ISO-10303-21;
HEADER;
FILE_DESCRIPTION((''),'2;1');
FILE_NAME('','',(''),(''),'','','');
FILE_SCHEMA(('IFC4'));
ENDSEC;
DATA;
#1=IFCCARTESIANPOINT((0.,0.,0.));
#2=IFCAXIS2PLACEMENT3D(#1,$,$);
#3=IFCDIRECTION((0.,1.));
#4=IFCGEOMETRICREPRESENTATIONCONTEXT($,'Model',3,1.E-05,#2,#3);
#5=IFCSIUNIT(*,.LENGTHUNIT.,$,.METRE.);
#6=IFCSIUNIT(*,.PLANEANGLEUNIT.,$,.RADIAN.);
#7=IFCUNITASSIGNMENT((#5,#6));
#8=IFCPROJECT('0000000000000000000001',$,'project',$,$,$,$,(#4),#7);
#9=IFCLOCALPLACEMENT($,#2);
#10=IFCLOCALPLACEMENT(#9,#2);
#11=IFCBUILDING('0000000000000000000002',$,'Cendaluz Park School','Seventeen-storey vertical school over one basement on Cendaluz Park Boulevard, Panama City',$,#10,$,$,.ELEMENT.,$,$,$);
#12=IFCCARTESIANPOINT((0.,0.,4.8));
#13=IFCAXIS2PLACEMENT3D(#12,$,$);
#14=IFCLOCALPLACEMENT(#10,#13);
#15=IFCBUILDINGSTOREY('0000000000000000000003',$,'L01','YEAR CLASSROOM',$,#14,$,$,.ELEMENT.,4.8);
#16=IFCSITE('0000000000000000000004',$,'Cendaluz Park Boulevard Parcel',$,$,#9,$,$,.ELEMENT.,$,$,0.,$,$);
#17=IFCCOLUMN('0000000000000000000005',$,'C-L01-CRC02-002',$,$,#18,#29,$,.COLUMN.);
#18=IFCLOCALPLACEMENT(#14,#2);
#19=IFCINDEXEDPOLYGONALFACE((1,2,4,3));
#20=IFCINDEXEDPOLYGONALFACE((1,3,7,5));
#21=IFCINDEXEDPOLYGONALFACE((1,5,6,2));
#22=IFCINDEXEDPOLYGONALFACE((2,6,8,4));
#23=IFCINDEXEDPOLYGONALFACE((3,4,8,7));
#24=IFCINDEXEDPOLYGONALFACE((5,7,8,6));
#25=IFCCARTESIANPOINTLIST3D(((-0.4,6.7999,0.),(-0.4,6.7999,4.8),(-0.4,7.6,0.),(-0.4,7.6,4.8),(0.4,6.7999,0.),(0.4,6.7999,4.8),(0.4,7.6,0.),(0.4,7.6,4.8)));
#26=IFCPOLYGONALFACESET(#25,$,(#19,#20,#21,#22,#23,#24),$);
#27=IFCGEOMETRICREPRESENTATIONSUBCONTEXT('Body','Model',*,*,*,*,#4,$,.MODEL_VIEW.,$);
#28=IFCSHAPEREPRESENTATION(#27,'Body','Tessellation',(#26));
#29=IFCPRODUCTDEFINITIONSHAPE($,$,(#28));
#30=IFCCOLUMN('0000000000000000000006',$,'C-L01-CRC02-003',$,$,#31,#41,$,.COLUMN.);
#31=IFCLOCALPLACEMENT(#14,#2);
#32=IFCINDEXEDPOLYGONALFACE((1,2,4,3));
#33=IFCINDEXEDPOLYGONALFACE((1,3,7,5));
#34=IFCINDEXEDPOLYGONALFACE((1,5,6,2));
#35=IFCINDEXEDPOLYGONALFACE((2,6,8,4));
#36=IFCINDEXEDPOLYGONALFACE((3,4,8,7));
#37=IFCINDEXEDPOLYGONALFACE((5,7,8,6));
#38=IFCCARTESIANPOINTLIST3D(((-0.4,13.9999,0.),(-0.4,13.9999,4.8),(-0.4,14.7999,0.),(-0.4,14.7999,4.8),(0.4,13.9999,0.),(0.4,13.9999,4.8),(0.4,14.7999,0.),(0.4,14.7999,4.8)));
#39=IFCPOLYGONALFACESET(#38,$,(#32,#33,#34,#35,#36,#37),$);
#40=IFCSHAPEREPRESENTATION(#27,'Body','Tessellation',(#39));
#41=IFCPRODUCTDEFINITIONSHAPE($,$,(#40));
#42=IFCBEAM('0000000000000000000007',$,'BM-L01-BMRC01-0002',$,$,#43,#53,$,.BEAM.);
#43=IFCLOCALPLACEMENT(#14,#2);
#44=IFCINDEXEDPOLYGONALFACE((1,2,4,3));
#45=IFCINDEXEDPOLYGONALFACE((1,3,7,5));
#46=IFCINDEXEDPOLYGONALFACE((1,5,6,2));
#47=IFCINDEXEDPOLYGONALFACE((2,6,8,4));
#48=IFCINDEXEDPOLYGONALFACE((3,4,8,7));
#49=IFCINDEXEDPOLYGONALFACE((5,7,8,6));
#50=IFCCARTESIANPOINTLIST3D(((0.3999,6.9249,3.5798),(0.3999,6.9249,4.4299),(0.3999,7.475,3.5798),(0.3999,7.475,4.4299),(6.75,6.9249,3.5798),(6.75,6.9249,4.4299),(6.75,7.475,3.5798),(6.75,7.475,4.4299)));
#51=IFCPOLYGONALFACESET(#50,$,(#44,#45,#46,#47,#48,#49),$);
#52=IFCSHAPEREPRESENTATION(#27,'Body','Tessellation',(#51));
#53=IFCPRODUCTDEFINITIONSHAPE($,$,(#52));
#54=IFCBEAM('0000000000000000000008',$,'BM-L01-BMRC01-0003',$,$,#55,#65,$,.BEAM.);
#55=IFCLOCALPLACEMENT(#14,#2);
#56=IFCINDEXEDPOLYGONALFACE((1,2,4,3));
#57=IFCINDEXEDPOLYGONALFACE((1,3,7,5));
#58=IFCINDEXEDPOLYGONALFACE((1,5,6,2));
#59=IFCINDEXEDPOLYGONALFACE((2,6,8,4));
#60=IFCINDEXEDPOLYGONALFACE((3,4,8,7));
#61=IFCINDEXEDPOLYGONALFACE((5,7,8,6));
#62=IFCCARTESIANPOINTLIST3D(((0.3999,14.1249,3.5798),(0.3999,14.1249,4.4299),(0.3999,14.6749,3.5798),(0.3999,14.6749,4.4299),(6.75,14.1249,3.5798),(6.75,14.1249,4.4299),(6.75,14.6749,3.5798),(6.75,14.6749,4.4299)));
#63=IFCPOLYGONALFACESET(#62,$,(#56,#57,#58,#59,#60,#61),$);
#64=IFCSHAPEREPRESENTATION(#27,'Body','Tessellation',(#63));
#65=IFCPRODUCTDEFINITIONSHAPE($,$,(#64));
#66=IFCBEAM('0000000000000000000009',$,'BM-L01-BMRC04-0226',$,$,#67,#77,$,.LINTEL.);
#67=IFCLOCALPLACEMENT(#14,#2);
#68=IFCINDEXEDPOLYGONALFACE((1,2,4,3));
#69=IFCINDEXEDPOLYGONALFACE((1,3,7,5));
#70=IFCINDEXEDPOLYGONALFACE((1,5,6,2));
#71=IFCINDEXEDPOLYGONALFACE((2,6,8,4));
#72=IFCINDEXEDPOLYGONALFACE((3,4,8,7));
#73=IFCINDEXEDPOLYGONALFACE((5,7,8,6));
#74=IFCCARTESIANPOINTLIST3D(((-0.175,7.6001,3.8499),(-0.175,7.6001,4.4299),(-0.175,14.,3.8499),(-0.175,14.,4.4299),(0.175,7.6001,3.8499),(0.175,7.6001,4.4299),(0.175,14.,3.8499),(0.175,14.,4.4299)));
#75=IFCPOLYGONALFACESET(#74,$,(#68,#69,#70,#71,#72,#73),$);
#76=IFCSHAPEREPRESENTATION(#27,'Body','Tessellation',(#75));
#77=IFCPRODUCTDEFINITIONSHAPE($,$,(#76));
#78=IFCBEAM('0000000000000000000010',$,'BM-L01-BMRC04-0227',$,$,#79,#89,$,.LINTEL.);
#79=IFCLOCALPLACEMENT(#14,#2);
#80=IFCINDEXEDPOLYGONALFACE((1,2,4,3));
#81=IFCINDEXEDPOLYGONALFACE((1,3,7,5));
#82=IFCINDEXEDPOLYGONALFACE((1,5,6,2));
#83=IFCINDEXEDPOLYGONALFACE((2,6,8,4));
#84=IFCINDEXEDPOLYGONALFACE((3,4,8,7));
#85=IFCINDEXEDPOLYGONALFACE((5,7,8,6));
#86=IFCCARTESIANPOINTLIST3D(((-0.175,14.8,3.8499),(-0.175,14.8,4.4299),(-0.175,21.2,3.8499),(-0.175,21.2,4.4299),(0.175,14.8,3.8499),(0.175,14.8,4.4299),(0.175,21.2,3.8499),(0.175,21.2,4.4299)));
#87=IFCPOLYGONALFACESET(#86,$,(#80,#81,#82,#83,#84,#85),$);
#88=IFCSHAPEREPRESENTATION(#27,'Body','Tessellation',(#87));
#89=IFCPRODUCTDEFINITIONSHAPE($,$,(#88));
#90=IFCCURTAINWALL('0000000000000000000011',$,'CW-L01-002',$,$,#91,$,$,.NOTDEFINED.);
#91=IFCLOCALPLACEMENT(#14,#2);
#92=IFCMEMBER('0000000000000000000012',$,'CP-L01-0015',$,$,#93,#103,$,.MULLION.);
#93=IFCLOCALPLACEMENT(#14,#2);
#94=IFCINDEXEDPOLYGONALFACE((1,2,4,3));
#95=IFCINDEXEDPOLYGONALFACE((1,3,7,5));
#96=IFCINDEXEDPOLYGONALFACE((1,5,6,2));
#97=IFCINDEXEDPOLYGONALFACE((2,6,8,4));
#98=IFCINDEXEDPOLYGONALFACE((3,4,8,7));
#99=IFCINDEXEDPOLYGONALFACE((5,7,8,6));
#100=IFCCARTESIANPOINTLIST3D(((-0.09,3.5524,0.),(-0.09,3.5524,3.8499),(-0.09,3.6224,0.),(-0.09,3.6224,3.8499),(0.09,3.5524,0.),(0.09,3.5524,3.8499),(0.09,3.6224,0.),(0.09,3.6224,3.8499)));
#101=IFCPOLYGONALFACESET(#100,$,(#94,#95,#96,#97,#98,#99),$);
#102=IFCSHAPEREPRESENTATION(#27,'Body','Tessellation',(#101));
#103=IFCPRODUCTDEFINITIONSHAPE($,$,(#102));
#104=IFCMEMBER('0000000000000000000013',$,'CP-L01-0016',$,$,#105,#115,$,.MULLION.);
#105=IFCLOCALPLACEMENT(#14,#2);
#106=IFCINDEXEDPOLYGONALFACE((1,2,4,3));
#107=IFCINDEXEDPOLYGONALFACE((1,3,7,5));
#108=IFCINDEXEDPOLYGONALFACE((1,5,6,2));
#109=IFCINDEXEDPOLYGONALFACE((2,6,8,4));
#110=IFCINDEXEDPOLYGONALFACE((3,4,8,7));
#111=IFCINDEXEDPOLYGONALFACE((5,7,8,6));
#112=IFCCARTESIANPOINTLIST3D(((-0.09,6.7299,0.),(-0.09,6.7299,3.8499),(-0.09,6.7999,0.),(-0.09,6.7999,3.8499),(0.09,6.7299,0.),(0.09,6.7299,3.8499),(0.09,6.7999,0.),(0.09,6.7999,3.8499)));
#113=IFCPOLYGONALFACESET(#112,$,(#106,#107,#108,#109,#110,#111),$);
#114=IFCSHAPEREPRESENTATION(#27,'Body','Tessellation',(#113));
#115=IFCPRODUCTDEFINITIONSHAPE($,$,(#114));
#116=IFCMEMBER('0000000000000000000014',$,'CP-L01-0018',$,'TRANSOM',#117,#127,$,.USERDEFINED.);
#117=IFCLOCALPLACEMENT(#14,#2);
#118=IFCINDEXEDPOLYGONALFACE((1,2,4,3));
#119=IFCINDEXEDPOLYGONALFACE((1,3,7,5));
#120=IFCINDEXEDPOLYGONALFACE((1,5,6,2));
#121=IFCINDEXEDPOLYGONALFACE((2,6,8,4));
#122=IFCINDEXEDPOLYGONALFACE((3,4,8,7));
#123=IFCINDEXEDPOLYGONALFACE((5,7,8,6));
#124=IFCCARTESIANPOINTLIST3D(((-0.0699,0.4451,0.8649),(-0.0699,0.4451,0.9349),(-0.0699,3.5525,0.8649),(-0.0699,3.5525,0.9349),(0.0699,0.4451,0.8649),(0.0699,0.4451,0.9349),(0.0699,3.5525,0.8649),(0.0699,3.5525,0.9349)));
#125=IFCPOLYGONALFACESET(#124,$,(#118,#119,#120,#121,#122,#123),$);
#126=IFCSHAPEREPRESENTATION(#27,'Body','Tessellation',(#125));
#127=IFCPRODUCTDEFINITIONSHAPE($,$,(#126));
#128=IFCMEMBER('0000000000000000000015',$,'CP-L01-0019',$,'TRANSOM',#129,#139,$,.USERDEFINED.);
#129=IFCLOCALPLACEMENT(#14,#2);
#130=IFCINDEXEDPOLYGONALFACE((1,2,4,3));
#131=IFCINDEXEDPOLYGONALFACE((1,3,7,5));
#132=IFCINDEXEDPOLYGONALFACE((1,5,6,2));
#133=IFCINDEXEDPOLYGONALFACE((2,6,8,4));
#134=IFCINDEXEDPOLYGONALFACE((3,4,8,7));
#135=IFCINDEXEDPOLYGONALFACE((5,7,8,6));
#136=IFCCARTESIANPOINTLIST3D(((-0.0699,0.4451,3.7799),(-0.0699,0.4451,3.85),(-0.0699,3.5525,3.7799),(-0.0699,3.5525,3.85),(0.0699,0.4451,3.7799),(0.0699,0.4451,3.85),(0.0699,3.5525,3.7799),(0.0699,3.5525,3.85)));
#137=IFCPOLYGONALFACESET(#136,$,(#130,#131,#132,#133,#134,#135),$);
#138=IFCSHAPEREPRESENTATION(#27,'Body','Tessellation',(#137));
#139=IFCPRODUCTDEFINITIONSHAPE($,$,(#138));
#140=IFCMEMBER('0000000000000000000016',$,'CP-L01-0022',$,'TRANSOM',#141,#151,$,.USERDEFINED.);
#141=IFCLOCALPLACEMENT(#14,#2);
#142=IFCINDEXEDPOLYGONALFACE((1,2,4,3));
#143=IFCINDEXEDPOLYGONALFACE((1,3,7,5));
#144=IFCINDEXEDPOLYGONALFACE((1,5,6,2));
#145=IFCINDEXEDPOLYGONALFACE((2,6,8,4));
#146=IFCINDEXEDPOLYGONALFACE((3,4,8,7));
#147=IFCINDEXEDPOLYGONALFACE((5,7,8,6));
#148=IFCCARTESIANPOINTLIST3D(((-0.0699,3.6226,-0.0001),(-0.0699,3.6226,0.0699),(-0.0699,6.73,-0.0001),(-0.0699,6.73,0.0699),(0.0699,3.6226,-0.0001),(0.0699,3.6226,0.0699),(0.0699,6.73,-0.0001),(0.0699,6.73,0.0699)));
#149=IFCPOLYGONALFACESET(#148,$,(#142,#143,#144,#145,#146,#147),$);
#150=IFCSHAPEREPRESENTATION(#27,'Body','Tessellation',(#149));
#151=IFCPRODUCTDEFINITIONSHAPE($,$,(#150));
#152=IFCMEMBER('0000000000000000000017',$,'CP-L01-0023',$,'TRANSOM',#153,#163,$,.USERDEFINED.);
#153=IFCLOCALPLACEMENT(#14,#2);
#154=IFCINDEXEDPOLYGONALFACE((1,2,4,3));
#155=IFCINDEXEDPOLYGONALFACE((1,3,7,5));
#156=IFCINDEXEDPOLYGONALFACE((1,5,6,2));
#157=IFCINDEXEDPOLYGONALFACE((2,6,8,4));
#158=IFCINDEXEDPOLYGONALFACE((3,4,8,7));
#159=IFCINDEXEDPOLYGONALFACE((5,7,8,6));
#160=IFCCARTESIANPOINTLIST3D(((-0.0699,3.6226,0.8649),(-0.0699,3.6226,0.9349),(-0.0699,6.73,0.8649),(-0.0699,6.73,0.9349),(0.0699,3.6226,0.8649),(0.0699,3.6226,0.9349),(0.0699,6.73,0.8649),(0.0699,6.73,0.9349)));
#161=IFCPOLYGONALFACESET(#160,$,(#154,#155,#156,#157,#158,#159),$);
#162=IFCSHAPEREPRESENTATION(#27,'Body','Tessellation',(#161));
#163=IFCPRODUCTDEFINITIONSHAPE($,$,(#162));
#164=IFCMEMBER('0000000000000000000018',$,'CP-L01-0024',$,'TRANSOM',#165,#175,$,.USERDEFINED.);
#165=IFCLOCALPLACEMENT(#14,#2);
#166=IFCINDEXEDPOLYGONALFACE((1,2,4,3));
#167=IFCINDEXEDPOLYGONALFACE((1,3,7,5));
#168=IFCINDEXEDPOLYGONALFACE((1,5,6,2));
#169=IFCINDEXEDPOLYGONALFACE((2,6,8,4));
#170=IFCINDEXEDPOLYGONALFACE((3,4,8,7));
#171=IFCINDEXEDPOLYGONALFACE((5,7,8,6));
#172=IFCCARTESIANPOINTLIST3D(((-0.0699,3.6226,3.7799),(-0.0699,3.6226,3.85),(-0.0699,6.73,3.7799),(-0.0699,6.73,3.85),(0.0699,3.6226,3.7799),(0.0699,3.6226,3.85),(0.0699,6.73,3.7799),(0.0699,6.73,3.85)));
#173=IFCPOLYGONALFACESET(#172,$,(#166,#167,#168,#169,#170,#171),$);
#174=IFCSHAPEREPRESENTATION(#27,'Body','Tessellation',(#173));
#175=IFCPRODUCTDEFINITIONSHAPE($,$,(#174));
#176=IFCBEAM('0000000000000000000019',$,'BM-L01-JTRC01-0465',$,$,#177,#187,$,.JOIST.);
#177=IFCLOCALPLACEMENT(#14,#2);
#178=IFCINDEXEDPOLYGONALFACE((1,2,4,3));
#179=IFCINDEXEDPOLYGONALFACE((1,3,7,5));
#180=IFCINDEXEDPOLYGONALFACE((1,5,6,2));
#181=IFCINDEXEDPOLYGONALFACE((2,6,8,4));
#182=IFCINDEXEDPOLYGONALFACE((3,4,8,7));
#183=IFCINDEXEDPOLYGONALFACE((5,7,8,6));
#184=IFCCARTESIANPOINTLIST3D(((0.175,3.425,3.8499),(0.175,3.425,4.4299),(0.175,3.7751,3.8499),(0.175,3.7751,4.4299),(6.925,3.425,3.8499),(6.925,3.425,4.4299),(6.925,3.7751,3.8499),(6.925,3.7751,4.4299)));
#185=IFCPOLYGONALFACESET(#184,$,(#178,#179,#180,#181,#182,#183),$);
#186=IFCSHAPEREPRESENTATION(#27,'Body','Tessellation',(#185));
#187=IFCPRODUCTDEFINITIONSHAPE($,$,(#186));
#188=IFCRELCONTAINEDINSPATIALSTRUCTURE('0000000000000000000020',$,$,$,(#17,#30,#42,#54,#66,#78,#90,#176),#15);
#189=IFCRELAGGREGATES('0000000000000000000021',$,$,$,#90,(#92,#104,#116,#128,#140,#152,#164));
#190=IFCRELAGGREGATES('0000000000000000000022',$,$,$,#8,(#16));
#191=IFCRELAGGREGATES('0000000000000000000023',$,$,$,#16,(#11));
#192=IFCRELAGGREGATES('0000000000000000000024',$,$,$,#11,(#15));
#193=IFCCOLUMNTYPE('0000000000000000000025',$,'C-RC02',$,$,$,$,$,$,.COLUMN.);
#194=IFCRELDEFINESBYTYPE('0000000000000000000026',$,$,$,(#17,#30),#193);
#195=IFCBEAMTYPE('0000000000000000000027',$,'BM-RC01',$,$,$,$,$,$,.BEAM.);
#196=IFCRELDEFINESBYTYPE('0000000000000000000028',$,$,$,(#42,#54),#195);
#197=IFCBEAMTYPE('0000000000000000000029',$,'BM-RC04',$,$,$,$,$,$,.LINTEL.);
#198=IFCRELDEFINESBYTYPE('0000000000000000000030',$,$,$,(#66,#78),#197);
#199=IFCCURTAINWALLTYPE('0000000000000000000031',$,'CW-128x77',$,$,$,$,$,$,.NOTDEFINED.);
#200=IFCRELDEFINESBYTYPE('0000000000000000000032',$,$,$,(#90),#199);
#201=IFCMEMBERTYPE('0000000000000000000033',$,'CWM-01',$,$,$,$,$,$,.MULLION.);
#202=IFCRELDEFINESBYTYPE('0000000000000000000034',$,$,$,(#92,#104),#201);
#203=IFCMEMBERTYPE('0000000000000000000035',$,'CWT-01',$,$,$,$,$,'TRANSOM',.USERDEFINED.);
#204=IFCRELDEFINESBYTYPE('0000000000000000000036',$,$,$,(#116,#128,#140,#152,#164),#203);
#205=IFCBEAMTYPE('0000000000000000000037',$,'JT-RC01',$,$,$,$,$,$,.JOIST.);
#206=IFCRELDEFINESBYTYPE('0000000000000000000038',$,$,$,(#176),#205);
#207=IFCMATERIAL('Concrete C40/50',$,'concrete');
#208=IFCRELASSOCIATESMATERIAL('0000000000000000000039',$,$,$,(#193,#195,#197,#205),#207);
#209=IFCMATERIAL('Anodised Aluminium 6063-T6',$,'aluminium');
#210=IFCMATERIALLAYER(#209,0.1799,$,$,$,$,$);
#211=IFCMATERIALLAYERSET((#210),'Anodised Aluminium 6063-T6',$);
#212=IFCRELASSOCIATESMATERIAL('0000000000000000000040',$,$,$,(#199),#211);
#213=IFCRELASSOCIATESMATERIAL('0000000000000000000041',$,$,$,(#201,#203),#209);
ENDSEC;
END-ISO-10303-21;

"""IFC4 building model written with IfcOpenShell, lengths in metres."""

from ifc_helpers import new_model, si_unit, direction, frame, origin, origin_2d, place, context, subcontext, project, spatial, rectangle, extrude, material, layer, layer_set, material_profile, profile_set, type_object, element, aggregate, save


model = new_model("IFC4")

# Units and contexts
model_context = context("Model", 3, precision=1e-05, world=origin(), true_north=direction((0.0, 1.0)))
body_context = subcontext(model_context, "Body", "Model", "MODEL_VIEW")
ifc_project = project(units=[si_unit("LENGTHUNIT", "METRE"), si_unit("PLANEANGLEUNIT", "RADIAN")], contexts=[model_context])

# Site, building, storey
site_placement = place(None, origin())
site = spatial("IfcSite", under=ifc_project, at=site_placement, Name="Cendaluz Park Boulevard Parcel", CompositionType="ELEMENT", RefElevation=0.0)
building_placement = place(site_placement, origin())
building = spatial("IfcBuilding", under=site, at=building_placement, Name="Cendaluz Park School", Description="Seventeen-storey vertical school over one basement on Cendaluz Park Boulevard, Panama City", CompositionType="ELEMENT")
storey_placement = place(building_placement, frame((0.0, 0.0, 4.8)))
storey = spatial("IfcBuildingStorey", under=building, at=storey_placement, Name="L01", Description="YEAR CLASSROOM", CompositionType="ELEMENT", Elevation=4.8)

# Columns
ifc_material_1 = material(Name="Concrete C40/50", Category="concrete")
ifc_material_profile_1 = material_profile(ifc_material_1, rectangle(XDim=0.8, YDim=0.8, at=origin_2d()), Name="RC 800x800", Category="concrete")
ifc_profile_set_1 = profile_set([ifc_material_profile_1], Name="Concrete C40/50")
column_type = type_object("IfcColumnType", Name="C-RC02", PredefinedType="COLUMN", material=ifc_profile_set_1)
for number, where, z_axis, x_axis, name in (
    (1, (0.0, 7.2, 0.0), (0.0, 0.0, 1.0), (1.0, 0.0, 0.0), "C-L01-CRC02-002"),
    (2, (0.0, 14.3999, 0.0), (0.0, 0.0, 1.0), (1.0, 0.0, 0.0), "C-L01-CRC02-003"),
):
    element("IfcColumn", number, at=place(storey_placement, frame(where, z_axis=z_axis, x_axis=x_axis)), inside=storey, type_object=column_type, Name=name, PredefinedType="COLUMN", context=body_context, shape_type="SweptSolid", body=[
        extrude(rectangle(XDim=0.8, YDim=0.8, at=origin_2d()), origin(), (0.0, 0.0, 1.0), 4.8),
    ])

# Beams
ifc_material_profile_2 = material_profile(ifc_material_1, rectangle(XDim=0.55, YDim=0.8501, at=origin_2d()), Name="RC 550x850", Category="concrete")
ifc_profile_set_2 = profile_set([ifc_material_profile_2], Name="Concrete C40/50")
beam_type_1 = type_object("IfcBeamType", Name="BM-RC01", PredefinedType="BEAM", material=ifc_profile_set_2)
for number, where, z_axis, x_axis, name in (
    (3, (0.3999, 7.2, 4.0049), (1.0, 0.0, 0.0), (0.0, 1.0, 0.0), "BM-L01-BMRC01-0002"),
    (4, (0.3999, 14.3999, 4.0049), (1.0, 0.0, 0.0), (0.0, 1.0, 0.0), "BM-L01-BMRC01-0003"),
):
    element("IfcBeam", number, at=place(storey_placement, frame(where, z_axis=z_axis, x_axis=x_axis)), inside=storey, type_object=beam_type_1, Name=name, PredefinedType="BEAM", context=body_context, shape_type="SweptSolid", body=[
        extrude(rectangle(XDim=0.55, YDim=0.8501, at=origin_2d()), origin(), (0.0, 0.0, 1.0), 6.3501),
    ])
ifc_material_profile_3 = material_profile(ifc_material_1, rectangle(XDim=0.3501, YDim=0.5801, at=origin_2d()), Name="RC 350x580", Category="concrete")
ifc_profile_set_3 = profile_set([ifc_material_profile_3], Name="Concrete C40/50")
beam_type_2 = type_object("IfcBeamType", Name="BM-RC04", PredefinedType="LINTEL", material=ifc_profile_set_3)
for number, where, z_axis, x_axis, name in (
    (5, (0.0, 7.6001, 4.1399), (0.0, 1.0, 0.0), (-1.0, 0.0, 0.0), "BM-L01-BMRC04-0226"),
    (6, (0.0, 14.8, 4.1399), (0.0, 1.0, 0.0), (-1.0, 0.0, 0.0), "BM-L01-BMRC04-0227"),
):
    element("IfcBeam", number, at=place(storey_placement, frame(where, z_axis=z_axis, x_axis=x_axis)), inside=storey, type_object=beam_type_2, Name=name, PredefinedType="LINTEL", context=body_context, shape_type="SweptSolid", body=[
        extrude(rectangle(XDim=0.3501, YDim=0.5801, at=origin_2d()), origin(), (0.0, 0.0, 1.0), 6.3999),
    ])

# Curtain wall, members
ifc_material_2 = material(Name="Anodised Aluminium 6063-T6", Category="aluminium")
ifc_layer_1 = layer(ifc_material_2, 0.1799)
ifc_layer_set_1 = layer_set([ifc_layer_1], Name="Anodised Aluminium 6063-T6")
curtain_wall_type = type_object("IfcCurtainWallType", Name="CW-128x77", PredefinedType="NOTDEFINED", material=ifc_layer_set_1)
curtain_wall_placement = place(storey_placement, origin())
curtain_wall = element("IfcCurtainWall", 7, at=curtain_wall_placement, inside=storey, type_object=curtain_wall_type, Name="CW-L01-002", PredefinedType="NOTDEFINED")
ifc_material_profile_4 = material_profile(ifc_material_2, rectangle(XDim=0.1799, YDim=0.0701, at=origin_2d()), Name="CWM 180x70", Category="aluminium")
ifc_profile_set_4 = profile_set([ifc_material_profile_4], Name="Anodised Aluminium 6063-T6")
member_type_1 = type_object("IfcMemberType", Name="CWM-01", PredefinedType="MULLION", material=ifc_profile_set_4)
member_1_placement = place(storey_placement, frame((0.0, 3.5874, 0.0), z_axis=(0.0, 0.0, 1.0), x_axis=(-1.0, 0.0, 0.0)))
member_1 = element("IfcMember", 8, at=member_1_placement, type_object=member_type_1, Name="CP-L01-0015", PredefinedType="MULLION", context=body_context, shape_type="SweptSolid", body=[
    extrude(rectangle(XDim=0.1799, YDim=0.0701, at=origin_2d()), origin(), (0.0, 0.0, 1.0), 3.8499),
])
member_2_placement = place(storey_placement, frame((0.0, 6.7649, 0.0), z_axis=(0.0, 0.0, 1.0), x_axis=(-1.0, 0.0, 0.0)))
member_2 = element("IfcMember", 9, at=member_2_placement, type_object=member_type_1, Name="CP-L01-0016", PredefinedType="MULLION", context=body_context, shape_type="SweptSolid", body=[
    extrude(rectangle(XDim=0.1799, YDim=0.0701, at=origin_2d()), origin(), (0.0, 0.0, 1.0), 3.8499),
])
ifc_material_profile_5 = material_profile(ifc_material_2, rectangle(XDim=0.1399, YDim=0.0701, at=origin_2d()), Name="CWT 140x70", Category="aluminium")
ifc_profile_set_5 = profile_set([ifc_material_profile_5], Name="Anodised Aluminium 6063-T6")
member_type_2 = type_object("IfcMemberType", Name="CWT-01", ElementType="TRANSOM", PredefinedType="USERDEFINED", material=ifc_profile_set_5)
member_3_placement = place(storey_placement, frame((0.0, 0.4451, 0.8999), z_axis=(0.0, 1.0, 0.0), x_axis=(-1.0, 0.0, 0.0)))
member_3 = element("IfcMember", 10, at=member_3_placement, type_object=member_type_2, Name="CP-L01-0018", ObjectType="TRANSOM", PredefinedType="USERDEFINED", context=body_context, shape_type="SweptSolid", body=[
    extrude(rectangle(XDim=0.1399, YDim=0.0701, at=origin_2d()), origin(), (0.0, 0.0, 1.0), 3.1074),
])
member_4_placement = place(storey_placement, frame((0.0, 0.4451, 3.8149), z_axis=(0.0, 1.0, 0.0), x_axis=(-1.0, 0.0, 0.0)))
member_4 = element("IfcMember", 11, at=member_4_placement, type_object=member_type_2, Name="CP-L01-0019", ObjectType="TRANSOM", PredefinedType="USERDEFINED", context=body_context, shape_type="SweptSolid", body=[
    extrude(rectangle(XDim=0.1399, YDim=0.0701, at=origin_2d()), origin(), (0.0, 0.0, 1.0), 3.1074),
])
member_5_placement = place(storey_placement, frame((0.0, 3.6226, 0.0349), z_axis=(0.0, 1.0, 0.0), x_axis=(-1.0, 0.0, 0.0)))
member_5 = element("IfcMember", 12, at=member_5_placement, type_object=member_type_2, Name="CP-L01-0022", ObjectType="TRANSOM", PredefinedType="USERDEFINED", context=body_context, shape_type="SweptSolid", body=[
    extrude(rectangle(XDim=0.1399, YDim=0.0701, at=origin_2d()), origin(), (0.0, 0.0, 1.0), 3.1074),
])
member_6_placement = place(storey_placement, frame((0.0, 3.6226, 0.8999), z_axis=(0.0, 1.0, 0.0), x_axis=(-1.0, 0.0, 0.0)))
member_6 = element("IfcMember", 13, at=member_6_placement, type_object=member_type_2, Name="CP-L01-0023", ObjectType="TRANSOM", PredefinedType="USERDEFINED", context=body_context, shape_type="SweptSolid", body=[
    extrude(rectangle(XDim=0.1399, YDim=0.0701, at=origin_2d()), origin(), (0.0, 0.0, 1.0), 3.1074),
])
member_7_placement = place(storey_placement, frame((0.0, 3.6226, 3.8149), z_axis=(0.0, 1.0, 0.0), x_axis=(-1.0, 0.0, 0.0)))
member_7 = element("IfcMember", 14, at=member_7_placement, type_object=member_type_2, Name="CP-L01-0024", ObjectType="TRANSOM", PredefinedType="USERDEFINED", context=body_context, shape_type="SweptSolid", body=[
    extrude(rectangle(XDim=0.1399, YDim=0.0701, at=origin_2d()), origin(), (0.0, 0.0, 1.0), 3.1074),
])

# Beam
ifc_material_profile_6 = material_profile(ifc_material_1, rectangle(XDim=0.3501, YDim=0.5801, at=origin_2d()), Name="RC 350x580", Category="concrete")
ifc_profile_set_6 = profile_set([ifc_material_profile_6], Name="Concrete C40/50")
beam_type_3 = type_object("IfcBeamType", Name="JT-RC01", PredefinedType="JOIST", material=ifc_profile_set_6)
beam_placement = place(storey_placement, frame((0.175, 3.6001, 4.1399), z_axis=(1.0, 0.0, 0.0), x_axis=(0.0, 1.0, 0.0)))
element("IfcBeam", 15, at=beam_placement, inside=storey, type_object=beam_type_3, Name="BM-L01-JTRC01-0465", PredefinedType="JOIST", context=body_context, shape_type="SweptSolid", body=[
    extrude(rectangle(XDim=0.3501, YDim=0.5801, at=origin_2d()), origin(), (0.0, 0.0, 1.0), 6.75),
])

aggregate(curtain_wall, [member_1, member_2, member_3, member_4, member_5, member_6, member_7])

save(model, "model.ifc")
